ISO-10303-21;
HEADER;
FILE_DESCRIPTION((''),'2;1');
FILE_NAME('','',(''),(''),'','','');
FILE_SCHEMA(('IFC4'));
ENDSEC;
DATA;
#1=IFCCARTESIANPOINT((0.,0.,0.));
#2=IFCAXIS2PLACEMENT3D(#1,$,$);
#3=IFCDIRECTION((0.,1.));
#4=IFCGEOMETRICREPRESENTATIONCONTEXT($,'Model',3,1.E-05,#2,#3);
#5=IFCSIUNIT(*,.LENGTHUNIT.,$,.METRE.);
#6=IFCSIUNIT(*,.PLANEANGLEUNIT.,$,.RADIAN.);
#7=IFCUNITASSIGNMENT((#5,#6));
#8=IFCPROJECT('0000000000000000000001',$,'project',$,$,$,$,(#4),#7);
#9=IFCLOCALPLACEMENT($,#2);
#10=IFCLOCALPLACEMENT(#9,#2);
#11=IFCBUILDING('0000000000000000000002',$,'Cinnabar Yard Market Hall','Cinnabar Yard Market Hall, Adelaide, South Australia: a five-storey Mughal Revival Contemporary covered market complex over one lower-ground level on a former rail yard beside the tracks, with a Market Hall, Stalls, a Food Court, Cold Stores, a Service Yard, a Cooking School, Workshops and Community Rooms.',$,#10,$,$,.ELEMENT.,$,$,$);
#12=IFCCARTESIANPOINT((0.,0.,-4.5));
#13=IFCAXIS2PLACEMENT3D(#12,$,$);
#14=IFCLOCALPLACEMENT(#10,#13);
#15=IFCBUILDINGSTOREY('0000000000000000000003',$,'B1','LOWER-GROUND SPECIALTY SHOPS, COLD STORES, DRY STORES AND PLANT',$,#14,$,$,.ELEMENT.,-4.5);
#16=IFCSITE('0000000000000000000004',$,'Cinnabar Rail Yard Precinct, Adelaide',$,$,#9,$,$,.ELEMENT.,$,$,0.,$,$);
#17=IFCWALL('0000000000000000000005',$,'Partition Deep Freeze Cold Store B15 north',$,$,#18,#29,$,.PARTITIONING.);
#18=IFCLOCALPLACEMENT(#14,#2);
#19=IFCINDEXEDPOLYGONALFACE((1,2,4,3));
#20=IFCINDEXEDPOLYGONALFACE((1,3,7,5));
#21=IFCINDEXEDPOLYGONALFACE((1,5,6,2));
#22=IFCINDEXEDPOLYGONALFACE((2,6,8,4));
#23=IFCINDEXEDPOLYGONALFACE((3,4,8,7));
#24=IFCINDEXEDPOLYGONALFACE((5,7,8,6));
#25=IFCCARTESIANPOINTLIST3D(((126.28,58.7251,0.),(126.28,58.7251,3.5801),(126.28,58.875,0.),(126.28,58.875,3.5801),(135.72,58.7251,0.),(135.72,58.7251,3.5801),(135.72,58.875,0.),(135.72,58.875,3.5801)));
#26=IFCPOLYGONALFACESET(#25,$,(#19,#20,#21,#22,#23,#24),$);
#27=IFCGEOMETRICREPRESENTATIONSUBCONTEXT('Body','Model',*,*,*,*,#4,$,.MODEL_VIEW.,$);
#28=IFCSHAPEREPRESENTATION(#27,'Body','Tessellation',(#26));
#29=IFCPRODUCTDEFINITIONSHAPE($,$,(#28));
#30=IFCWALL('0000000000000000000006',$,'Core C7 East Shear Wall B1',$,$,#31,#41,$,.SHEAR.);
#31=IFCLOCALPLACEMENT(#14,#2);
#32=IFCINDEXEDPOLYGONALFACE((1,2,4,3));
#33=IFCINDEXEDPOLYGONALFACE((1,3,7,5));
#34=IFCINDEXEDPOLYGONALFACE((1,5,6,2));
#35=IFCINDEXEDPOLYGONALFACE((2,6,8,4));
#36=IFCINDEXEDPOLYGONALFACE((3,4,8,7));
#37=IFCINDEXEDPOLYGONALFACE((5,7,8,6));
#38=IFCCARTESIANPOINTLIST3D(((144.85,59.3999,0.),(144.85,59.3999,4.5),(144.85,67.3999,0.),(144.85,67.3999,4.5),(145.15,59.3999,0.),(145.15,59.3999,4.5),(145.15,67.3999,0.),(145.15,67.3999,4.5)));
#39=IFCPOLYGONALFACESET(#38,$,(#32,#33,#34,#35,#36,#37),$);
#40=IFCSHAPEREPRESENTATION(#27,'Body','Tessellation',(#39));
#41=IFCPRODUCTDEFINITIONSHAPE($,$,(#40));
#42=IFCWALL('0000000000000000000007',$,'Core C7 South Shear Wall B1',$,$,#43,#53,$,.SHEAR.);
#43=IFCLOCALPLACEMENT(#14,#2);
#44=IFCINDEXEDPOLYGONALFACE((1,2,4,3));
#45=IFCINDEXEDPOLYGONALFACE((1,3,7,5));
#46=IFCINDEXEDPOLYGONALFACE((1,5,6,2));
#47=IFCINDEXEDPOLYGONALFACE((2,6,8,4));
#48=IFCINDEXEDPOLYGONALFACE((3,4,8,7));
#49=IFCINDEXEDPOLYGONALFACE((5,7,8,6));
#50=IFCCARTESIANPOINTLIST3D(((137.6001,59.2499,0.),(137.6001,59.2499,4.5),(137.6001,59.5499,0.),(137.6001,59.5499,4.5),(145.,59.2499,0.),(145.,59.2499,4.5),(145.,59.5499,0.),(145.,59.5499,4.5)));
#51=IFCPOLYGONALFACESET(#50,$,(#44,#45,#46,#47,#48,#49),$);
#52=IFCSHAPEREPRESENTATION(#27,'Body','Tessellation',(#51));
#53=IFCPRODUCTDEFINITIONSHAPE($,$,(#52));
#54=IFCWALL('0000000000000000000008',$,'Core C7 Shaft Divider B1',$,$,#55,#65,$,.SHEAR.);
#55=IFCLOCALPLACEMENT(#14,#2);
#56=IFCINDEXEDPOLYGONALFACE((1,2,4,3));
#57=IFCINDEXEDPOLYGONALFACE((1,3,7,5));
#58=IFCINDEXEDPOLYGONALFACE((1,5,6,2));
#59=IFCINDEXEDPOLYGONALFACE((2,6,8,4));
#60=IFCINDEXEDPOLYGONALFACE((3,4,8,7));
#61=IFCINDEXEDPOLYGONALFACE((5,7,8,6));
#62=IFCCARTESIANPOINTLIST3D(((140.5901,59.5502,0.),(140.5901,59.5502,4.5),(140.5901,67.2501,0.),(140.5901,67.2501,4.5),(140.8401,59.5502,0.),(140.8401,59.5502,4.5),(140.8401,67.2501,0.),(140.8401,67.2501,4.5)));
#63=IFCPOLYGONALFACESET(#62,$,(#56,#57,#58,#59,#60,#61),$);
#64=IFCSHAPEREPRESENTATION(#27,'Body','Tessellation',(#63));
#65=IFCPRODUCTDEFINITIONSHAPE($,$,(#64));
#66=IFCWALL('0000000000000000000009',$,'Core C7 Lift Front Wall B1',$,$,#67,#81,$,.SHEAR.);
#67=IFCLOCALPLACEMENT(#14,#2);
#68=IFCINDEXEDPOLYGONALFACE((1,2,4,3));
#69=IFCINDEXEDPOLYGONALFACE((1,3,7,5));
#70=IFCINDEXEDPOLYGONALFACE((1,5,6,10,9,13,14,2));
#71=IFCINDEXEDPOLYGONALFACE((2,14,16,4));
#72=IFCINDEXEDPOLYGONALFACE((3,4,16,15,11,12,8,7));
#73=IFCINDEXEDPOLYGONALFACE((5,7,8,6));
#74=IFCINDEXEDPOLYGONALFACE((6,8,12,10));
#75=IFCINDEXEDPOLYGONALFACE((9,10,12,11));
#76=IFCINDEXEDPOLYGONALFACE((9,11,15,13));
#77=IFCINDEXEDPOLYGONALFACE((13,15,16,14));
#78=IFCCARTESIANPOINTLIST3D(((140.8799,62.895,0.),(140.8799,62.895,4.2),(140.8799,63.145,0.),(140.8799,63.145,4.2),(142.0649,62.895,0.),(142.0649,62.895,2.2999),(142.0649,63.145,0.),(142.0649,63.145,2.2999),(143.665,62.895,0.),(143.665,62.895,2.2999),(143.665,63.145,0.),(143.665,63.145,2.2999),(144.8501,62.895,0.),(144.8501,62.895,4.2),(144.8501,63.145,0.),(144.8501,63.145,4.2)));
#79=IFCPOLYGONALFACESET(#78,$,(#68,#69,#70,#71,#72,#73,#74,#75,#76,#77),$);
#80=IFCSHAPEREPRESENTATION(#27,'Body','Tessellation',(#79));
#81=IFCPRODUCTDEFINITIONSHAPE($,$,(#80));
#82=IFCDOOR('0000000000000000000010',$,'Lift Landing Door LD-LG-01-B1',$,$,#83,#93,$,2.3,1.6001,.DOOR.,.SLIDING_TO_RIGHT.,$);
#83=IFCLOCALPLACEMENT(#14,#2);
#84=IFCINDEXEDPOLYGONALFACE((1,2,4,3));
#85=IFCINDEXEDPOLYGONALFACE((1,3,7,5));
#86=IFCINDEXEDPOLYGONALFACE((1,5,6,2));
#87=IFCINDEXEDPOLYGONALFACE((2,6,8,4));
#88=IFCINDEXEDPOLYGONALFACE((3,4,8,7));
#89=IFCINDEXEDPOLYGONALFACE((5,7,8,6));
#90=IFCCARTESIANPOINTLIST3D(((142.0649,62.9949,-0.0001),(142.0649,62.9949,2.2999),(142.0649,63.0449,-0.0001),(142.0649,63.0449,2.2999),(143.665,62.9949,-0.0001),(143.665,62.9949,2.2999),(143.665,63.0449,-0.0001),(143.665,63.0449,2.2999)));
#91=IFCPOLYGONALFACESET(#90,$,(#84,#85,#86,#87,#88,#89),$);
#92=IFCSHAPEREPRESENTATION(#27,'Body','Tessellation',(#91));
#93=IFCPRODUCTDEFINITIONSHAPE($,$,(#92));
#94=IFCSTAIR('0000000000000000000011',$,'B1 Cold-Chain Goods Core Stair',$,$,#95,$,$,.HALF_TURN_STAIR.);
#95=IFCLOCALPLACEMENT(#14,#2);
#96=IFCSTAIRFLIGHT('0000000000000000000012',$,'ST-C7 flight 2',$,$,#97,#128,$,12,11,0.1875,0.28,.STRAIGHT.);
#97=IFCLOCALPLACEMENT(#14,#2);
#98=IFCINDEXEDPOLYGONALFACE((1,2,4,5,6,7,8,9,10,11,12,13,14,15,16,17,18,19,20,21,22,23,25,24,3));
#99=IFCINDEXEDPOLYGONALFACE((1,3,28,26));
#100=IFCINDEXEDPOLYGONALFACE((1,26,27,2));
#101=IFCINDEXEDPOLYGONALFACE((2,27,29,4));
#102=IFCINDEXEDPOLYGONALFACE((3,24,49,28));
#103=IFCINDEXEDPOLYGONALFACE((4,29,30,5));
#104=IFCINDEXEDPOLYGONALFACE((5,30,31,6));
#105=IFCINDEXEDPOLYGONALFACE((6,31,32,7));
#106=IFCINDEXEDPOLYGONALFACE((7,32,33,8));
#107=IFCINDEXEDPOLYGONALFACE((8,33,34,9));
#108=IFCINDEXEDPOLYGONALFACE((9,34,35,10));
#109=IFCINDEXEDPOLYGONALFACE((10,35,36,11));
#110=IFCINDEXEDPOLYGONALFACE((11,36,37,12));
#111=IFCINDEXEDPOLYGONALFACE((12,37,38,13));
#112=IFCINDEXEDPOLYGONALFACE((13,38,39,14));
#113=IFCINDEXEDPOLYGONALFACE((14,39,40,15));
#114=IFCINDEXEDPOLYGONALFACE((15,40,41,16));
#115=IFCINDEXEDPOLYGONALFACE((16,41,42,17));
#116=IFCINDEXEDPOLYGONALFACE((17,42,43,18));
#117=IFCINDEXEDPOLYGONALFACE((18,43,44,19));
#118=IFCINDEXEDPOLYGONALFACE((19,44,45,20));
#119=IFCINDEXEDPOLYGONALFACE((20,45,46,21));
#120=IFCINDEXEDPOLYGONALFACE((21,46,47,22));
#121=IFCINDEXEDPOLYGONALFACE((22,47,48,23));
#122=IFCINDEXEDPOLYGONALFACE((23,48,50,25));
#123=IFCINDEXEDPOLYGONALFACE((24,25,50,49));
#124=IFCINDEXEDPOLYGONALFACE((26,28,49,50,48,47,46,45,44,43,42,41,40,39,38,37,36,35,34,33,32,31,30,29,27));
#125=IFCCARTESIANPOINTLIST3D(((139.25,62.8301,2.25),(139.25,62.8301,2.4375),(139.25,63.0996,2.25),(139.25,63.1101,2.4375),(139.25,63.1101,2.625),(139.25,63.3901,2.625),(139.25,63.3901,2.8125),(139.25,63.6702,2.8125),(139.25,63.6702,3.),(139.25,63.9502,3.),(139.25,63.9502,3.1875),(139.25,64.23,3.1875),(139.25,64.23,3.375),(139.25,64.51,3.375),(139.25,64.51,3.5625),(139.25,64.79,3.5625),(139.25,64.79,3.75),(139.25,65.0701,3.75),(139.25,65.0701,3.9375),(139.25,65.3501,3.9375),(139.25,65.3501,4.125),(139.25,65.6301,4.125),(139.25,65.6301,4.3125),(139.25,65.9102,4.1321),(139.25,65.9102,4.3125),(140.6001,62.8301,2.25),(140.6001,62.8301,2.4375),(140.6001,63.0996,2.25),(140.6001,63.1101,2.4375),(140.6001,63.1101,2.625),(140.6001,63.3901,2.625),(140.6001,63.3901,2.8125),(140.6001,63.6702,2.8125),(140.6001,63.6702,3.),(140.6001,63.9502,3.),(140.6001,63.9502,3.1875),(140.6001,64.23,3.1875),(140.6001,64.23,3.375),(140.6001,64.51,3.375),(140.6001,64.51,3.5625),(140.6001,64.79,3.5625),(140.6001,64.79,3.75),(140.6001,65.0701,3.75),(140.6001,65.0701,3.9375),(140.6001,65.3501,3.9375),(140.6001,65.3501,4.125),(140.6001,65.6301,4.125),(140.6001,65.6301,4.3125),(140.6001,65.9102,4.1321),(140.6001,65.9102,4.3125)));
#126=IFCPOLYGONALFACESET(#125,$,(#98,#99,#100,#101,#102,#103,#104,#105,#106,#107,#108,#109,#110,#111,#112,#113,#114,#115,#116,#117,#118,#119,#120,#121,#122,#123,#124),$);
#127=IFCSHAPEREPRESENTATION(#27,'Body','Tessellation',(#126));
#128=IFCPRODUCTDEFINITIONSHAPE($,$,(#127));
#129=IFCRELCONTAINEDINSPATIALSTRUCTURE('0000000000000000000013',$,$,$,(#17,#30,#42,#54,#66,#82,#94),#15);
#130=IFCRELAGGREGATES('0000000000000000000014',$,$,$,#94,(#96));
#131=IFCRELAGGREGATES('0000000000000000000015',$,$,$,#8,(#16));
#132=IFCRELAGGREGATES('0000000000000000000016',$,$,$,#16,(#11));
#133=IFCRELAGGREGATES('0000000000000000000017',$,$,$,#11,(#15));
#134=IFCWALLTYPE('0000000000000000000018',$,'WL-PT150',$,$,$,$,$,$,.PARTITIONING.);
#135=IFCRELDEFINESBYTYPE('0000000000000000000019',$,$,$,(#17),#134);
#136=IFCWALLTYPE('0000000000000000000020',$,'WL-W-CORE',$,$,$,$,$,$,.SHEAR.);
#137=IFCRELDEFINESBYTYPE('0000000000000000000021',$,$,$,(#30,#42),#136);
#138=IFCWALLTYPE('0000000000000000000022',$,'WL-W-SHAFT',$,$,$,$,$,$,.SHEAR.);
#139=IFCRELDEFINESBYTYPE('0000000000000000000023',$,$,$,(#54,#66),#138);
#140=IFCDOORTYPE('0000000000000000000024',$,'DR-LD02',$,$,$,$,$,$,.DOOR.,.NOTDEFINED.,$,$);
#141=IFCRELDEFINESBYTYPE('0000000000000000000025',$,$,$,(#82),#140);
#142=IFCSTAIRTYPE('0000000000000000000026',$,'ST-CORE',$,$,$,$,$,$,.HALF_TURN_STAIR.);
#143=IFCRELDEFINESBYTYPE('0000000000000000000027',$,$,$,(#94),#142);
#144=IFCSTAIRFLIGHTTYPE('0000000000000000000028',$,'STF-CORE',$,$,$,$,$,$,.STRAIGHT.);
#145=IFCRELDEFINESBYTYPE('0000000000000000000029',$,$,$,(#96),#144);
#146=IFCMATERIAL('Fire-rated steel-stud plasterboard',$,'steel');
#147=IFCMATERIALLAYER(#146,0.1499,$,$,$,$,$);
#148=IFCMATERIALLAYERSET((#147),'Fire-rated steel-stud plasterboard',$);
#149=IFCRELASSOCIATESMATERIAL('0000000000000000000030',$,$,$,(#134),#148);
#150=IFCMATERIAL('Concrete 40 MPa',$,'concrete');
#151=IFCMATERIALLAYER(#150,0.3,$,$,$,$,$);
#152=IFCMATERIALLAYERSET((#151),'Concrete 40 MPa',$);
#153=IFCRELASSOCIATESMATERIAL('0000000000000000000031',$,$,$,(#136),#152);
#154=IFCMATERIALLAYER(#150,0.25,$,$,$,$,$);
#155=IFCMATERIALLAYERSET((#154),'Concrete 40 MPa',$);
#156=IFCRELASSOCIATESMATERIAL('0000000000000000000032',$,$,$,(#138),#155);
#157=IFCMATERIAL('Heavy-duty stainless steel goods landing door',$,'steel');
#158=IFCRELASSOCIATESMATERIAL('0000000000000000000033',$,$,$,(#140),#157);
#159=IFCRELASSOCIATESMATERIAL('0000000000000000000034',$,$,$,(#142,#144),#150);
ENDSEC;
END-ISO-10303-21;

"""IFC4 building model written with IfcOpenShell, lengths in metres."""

from ifc_helpers import new_model, si_unit, direction, frame, frame_2d, origin, place, context, subcontext, project, spatial, polyline, rectangle, outline, extrude, material, layer, layer_set, type_object, element, fill, aggregate, save


model = new_model("IFC4")

# Units and contexts
model_context = context("Model", 3, precision=1e-05, world=origin(), true_north=direction((0.0, 1.0)))
body_context = subcontext(model_context, "Body", "Model", "MODEL_VIEW")
ifc_project = project(units=[si_unit("LENGTHUNIT", "METRE"), si_unit("PLANEANGLEUNIT", "RADIAN")], contexts=[model_context])

# Site, building, storey
site_placement = place(None, origin())
site = spatial("IfcSite", under=ifc_project, at=site_placement, Name="Cinnabar Rail Yard Precinct, Adelaide", CompositionType="ELEMENT", RefElevation=0.0)
building_placement = place(site_placement, origin())
building = spatial("IfcBuilding", under=site, at=building_placement, Name="Cinnabar Yard Market Hall", Description="Cinnabar Yard Market Hall, Adelaide, South Australia: a five-storey Mughal Revival Contemporary covered market complex over one lower-ground level on a former rail yard beside the tracks, with a Market Hall, Stalls, a Food Court, Cold Stores, a Service Yard, a Cooking School, Workshops and Community Rooms.", CompositionType="ELEMENT")
storey_placement = place(building_placement, frame((0.0, 0.0, -4.5)))
storey = spatial("IfcBuildingStorey", under=building, at=storey_placement, Name="B1", Description="LOWER-GROUND SPECIALTY SHOPS, COLD STORES, DRY STORES AND PLANT", CompositionType="ELEMENT", Elevation=-4.5)

# Shared definitions
ifc_material_1 = material(Name="Concrete 40 MPa", Category="concrete")

# Walls
ifc_material_2 = material(Name="Fire-rated steel-stud plasterboard", Category="steel")
ifc_layer_1 = layer(ifc_material_2, 0.1499)
ifc_layer_set_1 = layer_set([ifc_layer_1], Name="Fire-rated steel-stud plasterboard")
wall_type_1 = type_object("IfcWallType", Name="WL-PT150", PredefinedType="PARTITIONING", material=ifc_layer_set_1)
wall_1_placement = place(storey_placement, frame((135.72, 58.8, 0.0), z_axis=(0.0, 0.0, 1.0), x_axis=(-1.0, 0.0, 0.0)))
element("IfcWall", 1, at=wall_1_placement, inside=storey, type_object=wall_type_1, Name="Partition Deep Freeze Cold Store B15 north", PredefinedType="PARTITIONING", context=body_context, shape_type="SweptSolid", body=[
    extrude(rectangle(XDim=9.4399, YDim=0.1499, at=frame_2d((4.72, 0.0), x_axis=(1.0, 0.0))), origin(), (0.0, 0.0, 1.0), 3.5801),
])
ifc_layer_2 = layer(ifc_material_1, 0.3)
ifc_layer_set_2 = layer_set([ifc_layer_2], Name="Concrete 40 MPa")
wall_type_2 = type_object("IfcWallType", Name="WL-W-CORE", PredefinedType="SHEAR", material=ifc_layer_set_2)
wall_2_placement = place(storey_placement, frame((145.0, 59.3999, 0.0), z_axis=(0.0, 0.0, 1.0), x_axis=(0.0, 1.0, 0.0)))
element("IfcWall", 2, at=wall_2_placement, inside=storey, type_object=wall_type_2, Name="Core C7 East Shear Wall B1", PredefinedType="SHEAR", context=body_context, shape_type="SweptSolid", body=[
    extrude(rectangle(XDim=8.0, YDim=0.3, at=frame_2d((4.0, 0.0), x_axis=(1.0, 0.0))), origin(), (0.0, 0.0, 1.0), 4.5),
])
wall_3_placement = place(storey_placement, frame((137.6001, 59.3999, 0.0), z_axis=(0.0, 0.0, 1.0), x_axis=(1.0, 0.0, 0.0)))
element("IfcWall", 3, at=wall_3_placement, inside=storey, type_object=wall_type_2, Name="Core C7 South Shear Wall B1", PredefinedType="SHEAR", context=body_context, shape_type="SweptSolid", body=[
    extrude(rectangle(XDim=7.3999, YDim=0.3, at=frame_2d((3.7, 0.0), x_axis=(1.0, 0.0))), origin(), (0.0, 0.0, 1.0), 4.5),
])
ifc_layer_3 = layer(ifc_material_1, 0.25)
ifc_layer_set_3 = layer_set([ifc_layer_3], Name="Concrete 40 MPa")
wall_type_3 = type_object("IfcWallType", Name="WL-W-SHAFT", PredefinedType="SHEAR", material=ifc_layer_set_3)
wall_4_placement = place(storey_placement, frame((140.7151, 59.55, 0.0), z_axis=(0.0, 0.0, 1.0), x_axis=(0.0, 1.0, 0.0)))
element("IfcWall", 4, at=wall_4_placement, inside=storey, type_object=wall_type_3, Name="Core C7 Shaft Divider B1", PredefinedType="SHEAR", context=body_context, shape_type="SweptSolid", body=[
    extrude(rectangle(XDim=7.7, YDim=0.25, at=frame_2d((3.8501, 0.0), x_axis=(1.0, 0.0))), origin(), (0.0, 0.0, 1.0), 4.5),
])

# Wall, opening, door
wall_5_placement = place(storey_placement, frame((140.8799, 63.02, 0.0), z_axis=(0.0, 0.0, 1.0), x_axis=(1.0, 0.0, 0.0)))
wall_5 = element("IfcWall", 5, at=wall_5_placement, inside=storey, type_object=wall_type_3, Name="Core C7 Lift Front Wall B1", PredefinedType="SHEAR", context=body_context, shape_type="SweptSolid", body=[
    extrude(rectangle(XDim=3.9702, YDim=0.25, at=frame_2d((1.9851, 0.0), x_axis=(1.0, 0.0))), origin(), (0.0, 0.0, 1.0), 4.2),
])
opening_placement = place(wall_5_placement, frame((1.1851, 0.0, 0.0)))
opening = element("IfcOpeningElement", 6, at=opening_placement, cuts=wall_5, PredefinedType="OPENING", context=body_context, shape_type="SweptSolid", body=[
    extrude(rectangle(XDim=1.6001, YDim=2.3, at=frame_2d((0.8, 1.1499), x_axis=(1.0, 0.0))), frame((0.0, 0.135, 0.0), z_axis=(0.0, -1.0, 0.0), x_axis=(1.0, 0.0, 0.0)), (0.0, 0.0, 1.0), 0.27),
])
ifc_material_3 = material(Name="Heavy-duty stainless steel goods landing door", Category="steel")
door_type = type_object("IfcDoorType", Name="DR-LD02", OperationType="NOTDEFINED", PredefinedType="DOOR", material=ifc_material_3)
door_placement = place(opening_placement, origin())
door = element("IfcDoor", 7, at=door_placement, inside=storey, type_object=door_type, Name="Lift Landing Door LD-LG-01-B1", OperationType="SLIDING_TO_RIGHT", OverallHeight=2.3, OverallWidth=1.6001, PredefinedType="DOOR", context=body_context, shape_type="SweptSolid", body=[
    extrude(rectangle(XDim=1.6001, YDim=2.3, at=frame_2d((0.8, 1.1499), x_axis=(1.0, 0.0))), frame((0.0, 0.0249, 0.0), z_axis=(0.0, -1.0, 0.0), x_axis=(1.0, 0.0, 0.0)), (0.0, 0.0, 1.0), 0.05),
])
fill(opening, door)

# Stair, stair flight
stair_type = type_object("IfcStairType", Name="ST-CORE", PredefinedType="HALF_TURN_STAIR", material=ifc_material_1)
stair_placement = place(storey_placement, origin())
stair = element("IfcStair", 8, at=stair_placement, inside=storey, type_object=stair_type, Name="B1 Cold-Chain Goods Core Stair", PredefinedType="HALF_TURN_STAIR")
stair_flight_type = type_object("IfcStairFlightType", Name="STF-CORE", PredefinedType="STRAIGHT", material=ifc_material_1)
stair_flight_placement = place(storey_placement, frame((139.925, 62.8301, 2.25), z_axis=(0.0, 0.0, 1.0), x_axis=(0.0, 1.0, 0.0)))
stair_flight = element("IfcStairFlight", 9, at=stair_flight_placement, type_object=stair_flight_type, Name="ST-C7 flight 2", NumberOfRisers=12, NumberOfTreads=11, PredefinedType="STRAIGHT", RiserHeight=0.1875, TreadLength=0.28, context=body_context, shape_type="SweptSolid", body=[
    extrude(outline(polyline([(0.0, 0.0), (0.0, 0.1875), (0.28, 0.1875), (0.28, 0.375), (0.5601, 0.375), (0.5601, 0.5625), (0.8401, 0.5625), (0.8401, 0.75), (1.1201, 0.75), (1.1201, 0.9375), (1.3999, 0.9375), (1.3999, 1.125), (1.6799, 1.125), (1.6799, 1.3125), (1.96, 1.3125), (1.96, 1.5), (2.24, 1.5), (2.24, 1.6875), (2.52, 1.6875), (2.52, 1.875), (2.8, 1.875), (2.8, 2.0625), (3.0801, 2.0625), (3.0801, 2.25), (3.0801, 1.8821), (0.2695, 0.0), (0.0, 0.0)])), frame((0.0, 0.675, 0.0), z_axis=(0.0, -1.0, 0.0), x_axis=(1.0, 0.0, 0.0)), (0.0, 0.0, 1.0), 1.3501),
])
aggregate(stair, [stair_flight])

save(model, "model.ifc")
